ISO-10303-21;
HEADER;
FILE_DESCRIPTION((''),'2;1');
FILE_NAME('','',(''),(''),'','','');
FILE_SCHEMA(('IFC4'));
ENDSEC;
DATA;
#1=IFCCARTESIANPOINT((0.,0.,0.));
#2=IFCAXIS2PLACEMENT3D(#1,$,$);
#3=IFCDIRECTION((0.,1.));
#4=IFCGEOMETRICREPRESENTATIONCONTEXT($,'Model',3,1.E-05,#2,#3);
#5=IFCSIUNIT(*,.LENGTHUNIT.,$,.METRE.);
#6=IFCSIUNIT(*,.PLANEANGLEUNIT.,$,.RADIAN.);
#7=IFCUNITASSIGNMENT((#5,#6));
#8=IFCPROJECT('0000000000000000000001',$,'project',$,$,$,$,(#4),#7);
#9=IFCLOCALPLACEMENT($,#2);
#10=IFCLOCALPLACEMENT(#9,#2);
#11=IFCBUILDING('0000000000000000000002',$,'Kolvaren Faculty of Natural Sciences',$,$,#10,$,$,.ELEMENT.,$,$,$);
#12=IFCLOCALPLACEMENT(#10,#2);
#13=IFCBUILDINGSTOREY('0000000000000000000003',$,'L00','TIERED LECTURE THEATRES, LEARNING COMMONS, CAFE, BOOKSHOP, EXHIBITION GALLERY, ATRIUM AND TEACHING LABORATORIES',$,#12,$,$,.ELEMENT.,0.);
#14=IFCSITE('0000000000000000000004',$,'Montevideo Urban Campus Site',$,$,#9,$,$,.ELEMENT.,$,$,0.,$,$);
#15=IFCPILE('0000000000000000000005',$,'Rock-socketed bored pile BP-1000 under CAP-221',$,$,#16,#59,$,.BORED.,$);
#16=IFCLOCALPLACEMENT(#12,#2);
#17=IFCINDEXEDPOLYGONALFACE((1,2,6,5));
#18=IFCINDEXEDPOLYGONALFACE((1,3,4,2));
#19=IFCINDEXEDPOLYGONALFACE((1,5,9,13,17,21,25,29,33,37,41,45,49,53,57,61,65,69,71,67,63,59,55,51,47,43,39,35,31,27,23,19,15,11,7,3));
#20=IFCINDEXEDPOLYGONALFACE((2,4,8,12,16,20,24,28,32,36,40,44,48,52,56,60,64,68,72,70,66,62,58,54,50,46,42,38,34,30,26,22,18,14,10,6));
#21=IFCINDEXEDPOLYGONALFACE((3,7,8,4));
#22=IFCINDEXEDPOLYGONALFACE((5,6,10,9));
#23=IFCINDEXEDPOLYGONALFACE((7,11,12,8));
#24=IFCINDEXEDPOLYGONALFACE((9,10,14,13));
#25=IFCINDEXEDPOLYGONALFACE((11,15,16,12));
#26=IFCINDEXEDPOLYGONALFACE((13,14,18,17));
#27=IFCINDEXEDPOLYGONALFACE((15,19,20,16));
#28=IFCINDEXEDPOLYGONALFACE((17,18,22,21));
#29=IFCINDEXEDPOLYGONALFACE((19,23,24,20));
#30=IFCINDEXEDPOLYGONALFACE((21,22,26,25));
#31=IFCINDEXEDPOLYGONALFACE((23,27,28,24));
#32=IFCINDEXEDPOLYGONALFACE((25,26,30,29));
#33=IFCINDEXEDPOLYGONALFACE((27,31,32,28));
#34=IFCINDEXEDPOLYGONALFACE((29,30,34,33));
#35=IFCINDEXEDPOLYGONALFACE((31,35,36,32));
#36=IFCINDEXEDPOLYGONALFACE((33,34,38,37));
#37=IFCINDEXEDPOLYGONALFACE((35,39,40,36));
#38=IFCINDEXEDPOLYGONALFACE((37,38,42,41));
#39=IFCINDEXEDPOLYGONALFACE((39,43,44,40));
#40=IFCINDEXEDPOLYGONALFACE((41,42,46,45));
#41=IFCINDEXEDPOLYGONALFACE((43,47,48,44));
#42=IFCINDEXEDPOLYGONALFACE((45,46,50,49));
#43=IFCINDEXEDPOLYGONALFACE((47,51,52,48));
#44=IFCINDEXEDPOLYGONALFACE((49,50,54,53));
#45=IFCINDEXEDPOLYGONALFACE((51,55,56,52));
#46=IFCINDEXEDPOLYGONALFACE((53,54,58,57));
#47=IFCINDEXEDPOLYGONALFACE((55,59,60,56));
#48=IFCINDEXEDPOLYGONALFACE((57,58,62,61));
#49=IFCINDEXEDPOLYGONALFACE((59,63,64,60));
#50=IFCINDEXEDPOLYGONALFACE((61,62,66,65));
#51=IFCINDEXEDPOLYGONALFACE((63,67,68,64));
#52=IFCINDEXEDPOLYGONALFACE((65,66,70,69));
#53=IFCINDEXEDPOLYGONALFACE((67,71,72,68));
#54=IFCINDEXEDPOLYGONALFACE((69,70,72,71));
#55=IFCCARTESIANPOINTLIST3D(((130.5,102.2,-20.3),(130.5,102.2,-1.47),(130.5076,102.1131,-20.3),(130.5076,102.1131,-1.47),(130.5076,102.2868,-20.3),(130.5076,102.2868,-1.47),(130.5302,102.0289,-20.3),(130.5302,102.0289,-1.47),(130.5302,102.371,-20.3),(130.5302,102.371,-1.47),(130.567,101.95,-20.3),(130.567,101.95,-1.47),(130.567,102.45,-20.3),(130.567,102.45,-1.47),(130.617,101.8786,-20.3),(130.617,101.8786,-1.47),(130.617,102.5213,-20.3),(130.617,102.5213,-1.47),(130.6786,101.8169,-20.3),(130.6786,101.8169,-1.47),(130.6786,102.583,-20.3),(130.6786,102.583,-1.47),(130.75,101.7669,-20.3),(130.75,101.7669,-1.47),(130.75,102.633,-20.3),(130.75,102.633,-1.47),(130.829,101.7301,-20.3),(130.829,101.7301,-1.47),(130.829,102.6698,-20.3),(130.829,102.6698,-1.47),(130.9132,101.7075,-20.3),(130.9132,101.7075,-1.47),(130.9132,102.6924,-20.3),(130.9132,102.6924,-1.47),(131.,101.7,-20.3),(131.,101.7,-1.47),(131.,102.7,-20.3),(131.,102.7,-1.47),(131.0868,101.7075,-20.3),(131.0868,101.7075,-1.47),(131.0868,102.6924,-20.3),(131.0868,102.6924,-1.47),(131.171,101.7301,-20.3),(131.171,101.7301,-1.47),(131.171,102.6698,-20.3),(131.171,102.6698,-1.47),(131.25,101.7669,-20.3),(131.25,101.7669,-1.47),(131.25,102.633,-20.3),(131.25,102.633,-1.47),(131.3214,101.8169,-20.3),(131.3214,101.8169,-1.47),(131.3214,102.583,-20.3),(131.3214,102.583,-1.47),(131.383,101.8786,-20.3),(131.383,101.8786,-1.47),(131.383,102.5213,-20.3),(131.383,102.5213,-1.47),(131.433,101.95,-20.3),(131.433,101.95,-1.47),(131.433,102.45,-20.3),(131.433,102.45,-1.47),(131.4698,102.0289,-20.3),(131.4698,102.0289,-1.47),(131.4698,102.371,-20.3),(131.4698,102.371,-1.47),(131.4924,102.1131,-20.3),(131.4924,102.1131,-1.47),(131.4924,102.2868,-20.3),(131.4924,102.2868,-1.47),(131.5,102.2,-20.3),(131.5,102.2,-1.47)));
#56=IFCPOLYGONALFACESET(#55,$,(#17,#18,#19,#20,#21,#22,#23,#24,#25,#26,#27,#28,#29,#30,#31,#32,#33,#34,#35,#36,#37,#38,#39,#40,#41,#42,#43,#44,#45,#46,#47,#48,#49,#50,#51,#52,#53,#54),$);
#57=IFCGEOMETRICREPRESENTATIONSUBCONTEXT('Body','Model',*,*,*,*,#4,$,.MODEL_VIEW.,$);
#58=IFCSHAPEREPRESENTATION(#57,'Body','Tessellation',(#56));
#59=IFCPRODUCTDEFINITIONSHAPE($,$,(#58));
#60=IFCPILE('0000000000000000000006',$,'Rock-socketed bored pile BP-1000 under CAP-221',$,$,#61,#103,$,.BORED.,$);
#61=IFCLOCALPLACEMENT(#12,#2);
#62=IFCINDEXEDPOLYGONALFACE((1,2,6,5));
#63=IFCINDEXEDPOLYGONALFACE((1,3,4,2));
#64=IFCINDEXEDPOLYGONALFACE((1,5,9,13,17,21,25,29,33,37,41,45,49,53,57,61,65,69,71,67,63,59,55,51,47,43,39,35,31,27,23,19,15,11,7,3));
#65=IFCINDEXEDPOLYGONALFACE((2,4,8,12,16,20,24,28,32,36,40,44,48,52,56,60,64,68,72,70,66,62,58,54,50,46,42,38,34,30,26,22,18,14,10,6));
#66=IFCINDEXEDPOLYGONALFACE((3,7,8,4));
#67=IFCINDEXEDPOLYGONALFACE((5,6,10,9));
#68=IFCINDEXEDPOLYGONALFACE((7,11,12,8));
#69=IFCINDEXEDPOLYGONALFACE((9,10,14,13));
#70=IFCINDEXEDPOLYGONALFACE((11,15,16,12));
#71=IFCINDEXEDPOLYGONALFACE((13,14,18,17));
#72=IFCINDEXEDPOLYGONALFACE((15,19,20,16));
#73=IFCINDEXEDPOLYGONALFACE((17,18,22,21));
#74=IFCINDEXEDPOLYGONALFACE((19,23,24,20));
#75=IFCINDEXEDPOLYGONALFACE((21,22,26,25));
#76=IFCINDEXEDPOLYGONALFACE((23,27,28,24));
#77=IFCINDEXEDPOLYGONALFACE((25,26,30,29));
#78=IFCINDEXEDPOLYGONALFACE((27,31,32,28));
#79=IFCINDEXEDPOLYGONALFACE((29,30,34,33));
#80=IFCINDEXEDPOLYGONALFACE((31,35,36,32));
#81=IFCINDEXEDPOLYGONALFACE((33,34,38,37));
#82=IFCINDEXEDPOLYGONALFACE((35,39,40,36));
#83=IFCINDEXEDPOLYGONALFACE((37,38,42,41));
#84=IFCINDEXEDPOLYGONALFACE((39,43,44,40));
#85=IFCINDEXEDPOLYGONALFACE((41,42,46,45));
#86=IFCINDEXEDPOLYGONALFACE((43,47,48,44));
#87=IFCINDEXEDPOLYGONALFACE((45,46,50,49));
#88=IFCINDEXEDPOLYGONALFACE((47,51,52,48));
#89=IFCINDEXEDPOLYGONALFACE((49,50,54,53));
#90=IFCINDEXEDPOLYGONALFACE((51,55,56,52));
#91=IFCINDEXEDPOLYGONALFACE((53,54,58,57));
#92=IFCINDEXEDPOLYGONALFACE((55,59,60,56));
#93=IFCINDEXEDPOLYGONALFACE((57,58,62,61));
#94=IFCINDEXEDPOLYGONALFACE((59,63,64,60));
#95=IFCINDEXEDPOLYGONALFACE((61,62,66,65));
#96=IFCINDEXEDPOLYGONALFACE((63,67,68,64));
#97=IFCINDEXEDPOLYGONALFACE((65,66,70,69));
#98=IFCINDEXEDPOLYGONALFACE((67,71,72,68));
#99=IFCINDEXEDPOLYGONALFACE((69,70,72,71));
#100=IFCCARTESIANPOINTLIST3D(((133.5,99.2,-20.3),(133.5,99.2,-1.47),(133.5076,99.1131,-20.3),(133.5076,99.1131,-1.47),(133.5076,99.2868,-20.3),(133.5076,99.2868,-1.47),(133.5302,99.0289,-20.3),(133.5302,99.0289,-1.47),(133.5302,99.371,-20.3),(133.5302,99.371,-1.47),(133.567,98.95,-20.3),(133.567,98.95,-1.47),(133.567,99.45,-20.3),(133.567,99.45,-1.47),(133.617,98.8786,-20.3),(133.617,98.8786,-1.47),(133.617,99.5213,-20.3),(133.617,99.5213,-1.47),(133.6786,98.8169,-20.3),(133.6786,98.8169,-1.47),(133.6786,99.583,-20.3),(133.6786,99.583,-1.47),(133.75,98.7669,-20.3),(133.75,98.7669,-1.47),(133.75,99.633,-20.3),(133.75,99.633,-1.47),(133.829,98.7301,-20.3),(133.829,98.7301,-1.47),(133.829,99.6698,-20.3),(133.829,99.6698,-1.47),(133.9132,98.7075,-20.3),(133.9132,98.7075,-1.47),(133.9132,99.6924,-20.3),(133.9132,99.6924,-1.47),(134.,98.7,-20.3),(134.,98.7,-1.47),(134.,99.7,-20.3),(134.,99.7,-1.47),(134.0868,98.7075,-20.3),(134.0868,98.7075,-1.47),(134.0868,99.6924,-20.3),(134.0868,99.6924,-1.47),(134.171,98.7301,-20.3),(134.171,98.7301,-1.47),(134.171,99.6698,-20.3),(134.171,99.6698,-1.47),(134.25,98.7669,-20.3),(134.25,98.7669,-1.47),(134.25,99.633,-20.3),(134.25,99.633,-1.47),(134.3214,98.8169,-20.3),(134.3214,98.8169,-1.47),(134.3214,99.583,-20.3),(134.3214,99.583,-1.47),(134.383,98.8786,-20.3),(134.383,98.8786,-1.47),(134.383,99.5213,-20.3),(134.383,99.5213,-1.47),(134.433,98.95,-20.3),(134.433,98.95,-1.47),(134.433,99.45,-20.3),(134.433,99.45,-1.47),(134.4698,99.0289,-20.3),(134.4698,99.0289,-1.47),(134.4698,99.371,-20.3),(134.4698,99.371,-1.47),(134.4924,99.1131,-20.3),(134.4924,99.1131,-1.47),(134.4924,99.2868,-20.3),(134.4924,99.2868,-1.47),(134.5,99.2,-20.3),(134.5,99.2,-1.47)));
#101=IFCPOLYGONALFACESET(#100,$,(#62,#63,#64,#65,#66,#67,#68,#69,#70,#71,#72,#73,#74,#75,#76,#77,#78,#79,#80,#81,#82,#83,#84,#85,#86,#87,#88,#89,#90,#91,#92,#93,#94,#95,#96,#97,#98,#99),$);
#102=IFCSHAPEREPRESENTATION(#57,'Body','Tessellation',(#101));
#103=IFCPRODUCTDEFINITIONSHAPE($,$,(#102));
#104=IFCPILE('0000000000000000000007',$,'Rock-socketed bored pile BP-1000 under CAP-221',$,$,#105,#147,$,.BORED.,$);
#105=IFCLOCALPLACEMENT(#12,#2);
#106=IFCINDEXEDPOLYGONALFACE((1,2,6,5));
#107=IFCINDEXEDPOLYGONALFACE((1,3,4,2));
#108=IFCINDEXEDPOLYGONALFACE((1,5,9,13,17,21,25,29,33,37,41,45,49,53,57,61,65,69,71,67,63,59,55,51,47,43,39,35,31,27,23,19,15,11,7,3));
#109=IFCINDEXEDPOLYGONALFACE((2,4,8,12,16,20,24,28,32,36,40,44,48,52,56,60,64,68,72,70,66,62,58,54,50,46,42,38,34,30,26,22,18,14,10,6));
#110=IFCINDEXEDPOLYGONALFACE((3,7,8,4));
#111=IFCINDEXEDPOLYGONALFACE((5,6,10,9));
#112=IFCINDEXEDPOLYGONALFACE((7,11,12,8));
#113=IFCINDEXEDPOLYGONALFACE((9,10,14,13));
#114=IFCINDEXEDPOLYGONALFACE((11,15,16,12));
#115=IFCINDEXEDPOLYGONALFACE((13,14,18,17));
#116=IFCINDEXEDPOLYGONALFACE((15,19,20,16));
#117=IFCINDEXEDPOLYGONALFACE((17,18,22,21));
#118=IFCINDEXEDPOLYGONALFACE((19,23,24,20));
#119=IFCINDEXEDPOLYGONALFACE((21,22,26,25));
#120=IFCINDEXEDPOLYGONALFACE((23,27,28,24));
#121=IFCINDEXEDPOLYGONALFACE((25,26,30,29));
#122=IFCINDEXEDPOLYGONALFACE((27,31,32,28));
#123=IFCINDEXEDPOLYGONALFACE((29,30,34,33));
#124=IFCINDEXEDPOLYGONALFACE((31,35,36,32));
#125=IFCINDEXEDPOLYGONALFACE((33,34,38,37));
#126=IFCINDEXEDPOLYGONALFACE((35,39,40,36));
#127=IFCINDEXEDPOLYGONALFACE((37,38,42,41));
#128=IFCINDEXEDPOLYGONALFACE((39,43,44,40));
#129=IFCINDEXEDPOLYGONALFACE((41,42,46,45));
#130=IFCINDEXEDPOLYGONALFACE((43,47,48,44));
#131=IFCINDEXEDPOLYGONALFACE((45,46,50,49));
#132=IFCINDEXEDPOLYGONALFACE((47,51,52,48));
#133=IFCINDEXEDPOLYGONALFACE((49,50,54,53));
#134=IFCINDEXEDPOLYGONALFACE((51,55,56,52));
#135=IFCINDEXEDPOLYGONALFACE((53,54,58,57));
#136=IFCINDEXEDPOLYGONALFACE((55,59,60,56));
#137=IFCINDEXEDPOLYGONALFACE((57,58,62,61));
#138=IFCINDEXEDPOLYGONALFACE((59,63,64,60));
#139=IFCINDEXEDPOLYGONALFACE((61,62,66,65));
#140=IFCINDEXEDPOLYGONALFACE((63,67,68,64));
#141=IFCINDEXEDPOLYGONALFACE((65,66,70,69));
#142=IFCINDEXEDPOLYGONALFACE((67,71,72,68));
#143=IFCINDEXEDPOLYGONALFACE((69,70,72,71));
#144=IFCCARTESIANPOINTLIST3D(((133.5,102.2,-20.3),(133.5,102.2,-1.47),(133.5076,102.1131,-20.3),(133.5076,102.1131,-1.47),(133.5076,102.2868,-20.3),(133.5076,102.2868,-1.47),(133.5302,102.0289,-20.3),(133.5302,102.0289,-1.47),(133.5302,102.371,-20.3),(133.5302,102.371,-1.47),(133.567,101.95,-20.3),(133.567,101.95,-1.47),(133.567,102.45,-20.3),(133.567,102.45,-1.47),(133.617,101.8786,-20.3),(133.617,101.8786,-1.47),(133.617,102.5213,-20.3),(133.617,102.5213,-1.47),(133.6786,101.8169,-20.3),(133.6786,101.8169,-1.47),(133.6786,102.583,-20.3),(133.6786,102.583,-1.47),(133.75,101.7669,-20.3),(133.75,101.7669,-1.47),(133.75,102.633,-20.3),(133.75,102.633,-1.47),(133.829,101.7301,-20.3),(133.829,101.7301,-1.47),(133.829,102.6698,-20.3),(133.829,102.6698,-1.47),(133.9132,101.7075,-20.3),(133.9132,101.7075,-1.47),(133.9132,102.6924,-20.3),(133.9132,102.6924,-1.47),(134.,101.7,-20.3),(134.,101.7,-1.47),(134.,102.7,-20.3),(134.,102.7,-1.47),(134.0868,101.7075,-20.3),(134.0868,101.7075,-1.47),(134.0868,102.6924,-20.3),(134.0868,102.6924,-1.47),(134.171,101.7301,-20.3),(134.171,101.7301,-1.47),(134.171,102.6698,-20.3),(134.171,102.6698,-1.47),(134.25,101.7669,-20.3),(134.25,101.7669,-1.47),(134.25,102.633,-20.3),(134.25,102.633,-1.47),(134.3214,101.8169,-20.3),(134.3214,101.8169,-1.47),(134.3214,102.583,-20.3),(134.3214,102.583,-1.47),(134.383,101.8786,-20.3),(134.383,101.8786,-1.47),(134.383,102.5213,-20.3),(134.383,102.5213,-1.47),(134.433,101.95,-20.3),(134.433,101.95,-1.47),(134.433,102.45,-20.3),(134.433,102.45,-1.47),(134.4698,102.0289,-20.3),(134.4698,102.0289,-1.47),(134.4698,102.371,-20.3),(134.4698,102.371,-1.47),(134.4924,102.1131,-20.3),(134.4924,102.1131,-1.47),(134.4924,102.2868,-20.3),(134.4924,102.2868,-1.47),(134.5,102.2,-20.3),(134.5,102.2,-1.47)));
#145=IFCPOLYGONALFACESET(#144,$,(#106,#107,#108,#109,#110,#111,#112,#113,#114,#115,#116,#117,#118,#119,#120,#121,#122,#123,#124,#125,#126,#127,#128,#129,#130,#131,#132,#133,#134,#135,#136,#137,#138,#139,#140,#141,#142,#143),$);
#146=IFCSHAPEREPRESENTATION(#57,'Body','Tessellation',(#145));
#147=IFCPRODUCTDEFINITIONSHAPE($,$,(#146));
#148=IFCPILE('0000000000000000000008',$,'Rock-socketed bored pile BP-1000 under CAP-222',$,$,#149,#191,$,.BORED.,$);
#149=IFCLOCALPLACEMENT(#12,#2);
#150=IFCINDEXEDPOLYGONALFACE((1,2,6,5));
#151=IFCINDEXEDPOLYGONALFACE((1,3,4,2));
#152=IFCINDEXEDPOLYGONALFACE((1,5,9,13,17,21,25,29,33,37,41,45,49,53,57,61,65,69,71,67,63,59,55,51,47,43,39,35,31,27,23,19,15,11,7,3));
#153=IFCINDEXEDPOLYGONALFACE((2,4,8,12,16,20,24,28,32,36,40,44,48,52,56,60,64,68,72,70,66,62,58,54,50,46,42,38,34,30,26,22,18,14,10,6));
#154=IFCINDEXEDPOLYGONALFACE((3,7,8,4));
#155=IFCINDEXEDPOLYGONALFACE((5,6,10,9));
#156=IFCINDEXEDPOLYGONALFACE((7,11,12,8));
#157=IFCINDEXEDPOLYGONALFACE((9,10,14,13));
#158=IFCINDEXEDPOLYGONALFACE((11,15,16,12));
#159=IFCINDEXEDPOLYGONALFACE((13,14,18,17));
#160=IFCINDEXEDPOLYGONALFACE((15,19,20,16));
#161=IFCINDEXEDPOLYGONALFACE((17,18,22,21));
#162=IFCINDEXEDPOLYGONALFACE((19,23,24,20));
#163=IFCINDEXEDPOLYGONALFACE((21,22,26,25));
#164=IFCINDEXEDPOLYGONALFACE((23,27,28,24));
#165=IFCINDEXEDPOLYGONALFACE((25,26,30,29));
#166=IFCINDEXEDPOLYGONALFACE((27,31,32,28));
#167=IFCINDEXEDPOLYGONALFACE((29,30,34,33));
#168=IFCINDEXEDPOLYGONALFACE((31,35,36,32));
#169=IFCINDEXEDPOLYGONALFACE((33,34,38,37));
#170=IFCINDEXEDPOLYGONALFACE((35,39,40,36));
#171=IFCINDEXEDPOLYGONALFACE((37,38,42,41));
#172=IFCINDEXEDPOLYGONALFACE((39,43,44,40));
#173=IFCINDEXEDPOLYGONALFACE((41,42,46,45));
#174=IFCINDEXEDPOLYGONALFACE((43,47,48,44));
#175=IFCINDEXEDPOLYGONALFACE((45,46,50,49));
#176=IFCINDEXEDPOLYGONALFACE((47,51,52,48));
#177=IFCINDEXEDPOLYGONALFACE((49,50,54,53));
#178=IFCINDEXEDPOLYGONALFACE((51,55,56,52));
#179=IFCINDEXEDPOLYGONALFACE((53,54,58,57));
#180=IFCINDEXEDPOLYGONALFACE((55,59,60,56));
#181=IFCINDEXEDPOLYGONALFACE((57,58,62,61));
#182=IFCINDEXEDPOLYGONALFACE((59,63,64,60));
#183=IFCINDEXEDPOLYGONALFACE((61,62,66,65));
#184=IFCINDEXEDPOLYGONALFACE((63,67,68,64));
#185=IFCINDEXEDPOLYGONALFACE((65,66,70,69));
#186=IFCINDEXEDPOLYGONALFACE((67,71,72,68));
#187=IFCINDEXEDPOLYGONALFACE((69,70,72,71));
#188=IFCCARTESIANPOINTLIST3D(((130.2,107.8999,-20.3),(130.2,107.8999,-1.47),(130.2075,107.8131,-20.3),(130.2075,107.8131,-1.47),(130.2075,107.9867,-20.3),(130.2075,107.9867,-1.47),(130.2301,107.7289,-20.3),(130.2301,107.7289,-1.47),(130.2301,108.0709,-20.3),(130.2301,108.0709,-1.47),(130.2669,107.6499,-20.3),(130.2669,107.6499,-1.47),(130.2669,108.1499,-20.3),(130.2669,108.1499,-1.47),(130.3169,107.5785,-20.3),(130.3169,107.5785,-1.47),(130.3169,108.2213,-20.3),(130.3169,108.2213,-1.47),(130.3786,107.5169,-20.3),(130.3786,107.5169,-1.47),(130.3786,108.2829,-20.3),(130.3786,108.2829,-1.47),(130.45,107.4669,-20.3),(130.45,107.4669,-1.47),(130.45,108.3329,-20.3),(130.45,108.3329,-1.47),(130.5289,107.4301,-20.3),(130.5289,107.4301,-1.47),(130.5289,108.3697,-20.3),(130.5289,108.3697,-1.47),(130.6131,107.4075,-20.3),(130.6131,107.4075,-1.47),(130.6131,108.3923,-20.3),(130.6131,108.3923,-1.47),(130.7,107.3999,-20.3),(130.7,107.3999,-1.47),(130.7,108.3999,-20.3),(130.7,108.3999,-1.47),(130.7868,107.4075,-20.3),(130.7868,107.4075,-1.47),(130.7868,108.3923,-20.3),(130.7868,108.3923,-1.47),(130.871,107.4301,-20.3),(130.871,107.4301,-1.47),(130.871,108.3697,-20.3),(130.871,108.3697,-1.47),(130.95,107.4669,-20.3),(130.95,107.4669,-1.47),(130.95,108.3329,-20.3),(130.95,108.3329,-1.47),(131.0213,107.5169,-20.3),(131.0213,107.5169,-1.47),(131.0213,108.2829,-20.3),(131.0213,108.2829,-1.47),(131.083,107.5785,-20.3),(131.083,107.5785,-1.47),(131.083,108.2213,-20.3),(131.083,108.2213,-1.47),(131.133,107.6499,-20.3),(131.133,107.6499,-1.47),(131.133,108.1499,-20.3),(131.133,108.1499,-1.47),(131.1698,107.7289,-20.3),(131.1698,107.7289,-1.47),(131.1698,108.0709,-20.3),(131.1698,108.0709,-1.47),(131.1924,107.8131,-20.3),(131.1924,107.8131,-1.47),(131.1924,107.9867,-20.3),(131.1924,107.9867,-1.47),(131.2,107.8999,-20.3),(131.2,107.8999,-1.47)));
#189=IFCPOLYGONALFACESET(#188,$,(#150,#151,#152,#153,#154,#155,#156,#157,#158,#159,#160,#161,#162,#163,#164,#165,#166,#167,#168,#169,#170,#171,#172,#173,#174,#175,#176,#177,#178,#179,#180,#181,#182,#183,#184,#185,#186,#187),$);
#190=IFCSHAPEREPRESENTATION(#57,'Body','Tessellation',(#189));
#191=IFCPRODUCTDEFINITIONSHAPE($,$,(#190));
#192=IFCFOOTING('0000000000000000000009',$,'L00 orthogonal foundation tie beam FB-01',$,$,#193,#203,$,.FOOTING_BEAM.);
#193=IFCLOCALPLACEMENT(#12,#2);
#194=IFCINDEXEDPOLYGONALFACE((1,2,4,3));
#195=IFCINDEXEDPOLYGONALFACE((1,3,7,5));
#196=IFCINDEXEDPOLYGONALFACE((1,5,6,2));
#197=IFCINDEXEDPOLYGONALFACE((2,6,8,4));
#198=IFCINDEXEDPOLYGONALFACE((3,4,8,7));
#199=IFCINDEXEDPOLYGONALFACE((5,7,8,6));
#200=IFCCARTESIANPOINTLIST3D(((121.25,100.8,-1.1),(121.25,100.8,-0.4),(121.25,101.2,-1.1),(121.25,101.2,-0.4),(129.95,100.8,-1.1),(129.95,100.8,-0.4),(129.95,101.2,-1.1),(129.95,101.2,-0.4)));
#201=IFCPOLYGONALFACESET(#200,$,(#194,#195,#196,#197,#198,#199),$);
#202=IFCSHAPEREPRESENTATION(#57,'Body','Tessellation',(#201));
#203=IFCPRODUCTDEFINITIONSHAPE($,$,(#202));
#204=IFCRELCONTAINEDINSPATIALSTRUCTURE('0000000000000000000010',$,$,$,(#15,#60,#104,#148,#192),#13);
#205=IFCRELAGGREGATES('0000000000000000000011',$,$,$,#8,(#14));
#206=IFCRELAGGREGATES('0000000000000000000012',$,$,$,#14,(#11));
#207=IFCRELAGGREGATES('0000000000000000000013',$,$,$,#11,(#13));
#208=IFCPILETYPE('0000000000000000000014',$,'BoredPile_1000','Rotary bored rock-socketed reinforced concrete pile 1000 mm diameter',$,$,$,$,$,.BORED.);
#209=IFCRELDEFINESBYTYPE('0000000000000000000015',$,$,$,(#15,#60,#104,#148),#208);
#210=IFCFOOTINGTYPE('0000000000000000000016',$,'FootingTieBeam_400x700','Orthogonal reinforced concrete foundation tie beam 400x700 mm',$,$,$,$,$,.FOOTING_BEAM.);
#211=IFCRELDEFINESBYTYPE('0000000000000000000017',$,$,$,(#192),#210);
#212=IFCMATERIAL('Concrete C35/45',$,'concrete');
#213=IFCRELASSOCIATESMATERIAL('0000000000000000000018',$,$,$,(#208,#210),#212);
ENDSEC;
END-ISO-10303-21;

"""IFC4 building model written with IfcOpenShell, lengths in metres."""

from ifc_helpers import new_model, si_unit, direction, frame, origin, origin_2d, place, context, subcontext, project, spatial, rectangle, circle, extrude, material, material_profile, profile_set, type_object, element, save


model = new_model("IFC4")

# Units and contexts
model_context = context("Model", 3, precision=1e-05, world=origin(), true_north=direction((0.0, 1.0)))
body_context = subcontext(model_context, "Body", "Model", "MODEL_VIEW")
ifc_project = project(units=[si_unit("LENGTHUNIT", "METRE"), si_unit("PLANEANGLEUNIT", "RADIAN")], contexts=[model_context])

# Site, building, storey
site_placement = place(None, origin())
site = spatial("IfcSite", under=ifc_project, at=site_placement, Name="Montevideo Urban Campus Site", CompositionType="ELEMENT", RefElevation=0.0)
building_placement = place(site_placement, origin())
building = spatial("IfcBuilding", under=site, at=building_placement, Name="Kolvaren Faculty of Natural Sciences", CompositionType="ELEMENT")
storey_placement = place(building_placement, origin())
storey = spatial("IfcBuildingStorey", under=building, at=storey_placement, Name="L00", Description="TIERED LECTURE THEATRES, LEARNING COMMONS, CAFE, BOOKSHOP, EXHIBITION GALLERY, ATRIUM AND TEACHING LABORATORIES", CompositionType="ELEMENT", Elevation=0.0)

# Piles
ifc_material_1 = material(Name="Concrete C35/45", Category="concrete")
ifc_material_profile_1 = material_profile(ifc_material_1, circle(Radius=0.5, at=origin_2d()), Name="PILE D1000")
ifc_profile_set_1 = profile_set([ifc_material_profile_1], Name="Concrete C35/45")
pile_type = type_object("IfcPileType", Name="BoredPile_1000", Description="Rotary bored rock-socketed reinforced concrete pile 1000 mm diameter", PredefinedType="BORED", material=ifc_profile_set_1)
for number, where, z_axis, x_axis, name in (
    (1, (131.0, 102.2, -1.47), (0.0, 0.0, -1.0), (1.0, 0.0, 0.0), "Rock-socketed bored pile BP-1000 under CAP-221"),
    (2, (134.0, 99.2, -1.47), (0.0, 0.0, -1.0), (1.0, 0.0, 0.0), "Rock-socketed bored pile BP-1000 under CAP-221"),
    (3, (134.0, 102.2, -1.47), (0.0, 0.0, -1.0), (1.0, 0.0, 0.0), "Rock-socketed bored pile BP-1000 under CAP-221"),
    (4, (130.7, 107.8999, -1.47), (0.0, 0.0, -1.0), (1.0, 0.0, 0.0), "Rock-socketed bored pile BP-1000 under CAP-222"),
):
    element("IfcPile", number, at=place(storey_placement, frame(where, z_axis=z_axis, x_axis=x_axis)), inside=storey, type_object=pile_type, Name=name, PredefinedType="BORED", context=body_context, shape_type="SweptSolid", body=[
        extrude(circle(Radius=0.5, at=origin_2d()), origin(), (0.0, 0.0, 1.0), 18.8301),
    ])

# Footing
ifc_material_profile_2 = material_profile(ifc_material_1, rectangle(XDim=0.3999, YDim=0.7, at=origin_2d()), Name="RC FB 400x700")
ifc_profile_set_2 = profile_set([ifc_material_profile_2], Name="Concrete C35/45")
footing_type_1 = type_object("IfcFootingType", Name="FootingTieBeam_400x700", Description="Orthogonal reinforced concrete foundation tie beam 400x700 mm", PredefinedType="FOOTING_BEAM", material=ifc_profile_set_2)
footing_1_placement = place(storey_placement, frame((121.25, 101.0, -0.75), z_axis=(1.0, 0.0, 0.0), x_axis=(0.0, 1.0, 0.0)))
element("IfcFooting", 5, at=footing_1_placement, inside=storey, type_object=footing_type_1, Name="L00 orthogonal foundation tie beam FB-01", PredefinedType="FOOTING_BEAM", context=body_context, shape_type="SweptSolid", body=[
    extrude(rectangle(XDim=0.3999, YDim=0.7, at=origin_2d()), origin(), (0.0, 0.0, 1.0), 8.7),
])

save(model, "model.ifc")
